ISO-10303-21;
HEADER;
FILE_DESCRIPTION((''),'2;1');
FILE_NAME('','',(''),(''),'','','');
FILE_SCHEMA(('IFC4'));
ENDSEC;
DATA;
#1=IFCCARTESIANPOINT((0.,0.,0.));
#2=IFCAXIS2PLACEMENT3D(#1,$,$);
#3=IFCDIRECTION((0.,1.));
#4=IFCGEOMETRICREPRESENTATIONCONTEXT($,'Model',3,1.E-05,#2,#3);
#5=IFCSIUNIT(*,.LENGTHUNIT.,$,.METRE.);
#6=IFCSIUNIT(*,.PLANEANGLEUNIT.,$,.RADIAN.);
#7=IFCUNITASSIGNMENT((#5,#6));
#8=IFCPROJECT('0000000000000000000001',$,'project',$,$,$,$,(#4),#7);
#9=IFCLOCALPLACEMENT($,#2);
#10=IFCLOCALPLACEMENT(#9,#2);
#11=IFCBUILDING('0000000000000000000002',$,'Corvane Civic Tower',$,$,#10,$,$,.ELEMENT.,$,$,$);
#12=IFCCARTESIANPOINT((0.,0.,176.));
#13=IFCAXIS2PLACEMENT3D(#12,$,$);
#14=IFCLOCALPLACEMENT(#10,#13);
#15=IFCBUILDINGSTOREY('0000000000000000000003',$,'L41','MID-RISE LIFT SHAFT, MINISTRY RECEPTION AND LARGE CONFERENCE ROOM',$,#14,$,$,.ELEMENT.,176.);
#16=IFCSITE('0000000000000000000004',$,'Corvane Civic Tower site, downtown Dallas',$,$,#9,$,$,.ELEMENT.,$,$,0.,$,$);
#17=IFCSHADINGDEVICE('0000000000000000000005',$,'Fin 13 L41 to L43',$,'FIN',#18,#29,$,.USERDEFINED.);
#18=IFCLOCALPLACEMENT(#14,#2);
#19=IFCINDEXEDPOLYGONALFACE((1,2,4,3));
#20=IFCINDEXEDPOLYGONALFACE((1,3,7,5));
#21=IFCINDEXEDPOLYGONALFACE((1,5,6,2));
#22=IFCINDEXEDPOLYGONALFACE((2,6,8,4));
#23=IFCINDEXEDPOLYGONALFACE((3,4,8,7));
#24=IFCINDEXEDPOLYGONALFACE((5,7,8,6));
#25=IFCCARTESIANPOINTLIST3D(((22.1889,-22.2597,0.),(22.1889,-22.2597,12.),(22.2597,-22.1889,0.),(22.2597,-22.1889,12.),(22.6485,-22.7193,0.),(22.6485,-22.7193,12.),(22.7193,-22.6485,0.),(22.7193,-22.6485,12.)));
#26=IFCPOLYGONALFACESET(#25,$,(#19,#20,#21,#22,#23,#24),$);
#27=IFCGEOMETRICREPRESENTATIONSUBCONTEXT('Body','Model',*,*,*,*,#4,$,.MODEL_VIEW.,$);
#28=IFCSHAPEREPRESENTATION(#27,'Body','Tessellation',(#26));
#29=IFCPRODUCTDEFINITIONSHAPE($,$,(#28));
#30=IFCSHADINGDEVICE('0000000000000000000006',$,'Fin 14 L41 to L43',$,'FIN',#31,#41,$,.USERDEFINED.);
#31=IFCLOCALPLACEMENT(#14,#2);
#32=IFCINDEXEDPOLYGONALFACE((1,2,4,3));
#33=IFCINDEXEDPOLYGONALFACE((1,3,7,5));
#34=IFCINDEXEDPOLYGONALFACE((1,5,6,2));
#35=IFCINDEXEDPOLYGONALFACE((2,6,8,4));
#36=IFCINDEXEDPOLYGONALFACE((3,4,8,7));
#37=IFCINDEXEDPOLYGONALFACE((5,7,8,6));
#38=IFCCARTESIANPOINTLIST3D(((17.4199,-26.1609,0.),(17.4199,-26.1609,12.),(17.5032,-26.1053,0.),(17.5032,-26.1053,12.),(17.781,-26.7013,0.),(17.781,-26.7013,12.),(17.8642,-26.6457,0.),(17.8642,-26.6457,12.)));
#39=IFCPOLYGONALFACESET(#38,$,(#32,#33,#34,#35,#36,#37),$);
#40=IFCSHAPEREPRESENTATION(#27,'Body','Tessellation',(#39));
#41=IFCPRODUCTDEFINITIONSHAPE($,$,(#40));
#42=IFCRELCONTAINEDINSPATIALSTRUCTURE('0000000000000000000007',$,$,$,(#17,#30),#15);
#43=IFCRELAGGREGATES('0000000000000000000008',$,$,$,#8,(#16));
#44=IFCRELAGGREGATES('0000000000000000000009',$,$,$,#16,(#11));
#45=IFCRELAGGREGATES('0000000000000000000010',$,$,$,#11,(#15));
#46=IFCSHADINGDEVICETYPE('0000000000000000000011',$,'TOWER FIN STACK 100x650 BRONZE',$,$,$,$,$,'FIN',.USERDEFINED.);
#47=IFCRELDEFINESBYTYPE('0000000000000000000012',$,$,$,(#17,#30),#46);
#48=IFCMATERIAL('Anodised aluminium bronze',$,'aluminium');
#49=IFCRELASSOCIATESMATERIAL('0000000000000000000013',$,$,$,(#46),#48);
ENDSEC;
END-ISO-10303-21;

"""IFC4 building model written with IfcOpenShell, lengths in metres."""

from ifc_helpers import new_model, si_unit, direction, frame, origin, origin_2d, place, context, subcontext, project, spatial, rectangle, extrude, material, material_profile, profile_set, type_object, element, save


model = new_model("IFC4")

# Units and contexts
model_context = context("Model", 3, precision=1e-05, world=origin(), true_north=direction((0.0, 1.0)))
body_context = subcontext(model_context, "Body", "Model", "MODEL_VIEW")
ifc_project = project(units=[si_unit("LENGTHUNIT", "METRE"), si_unit("PLANEANGLEUNIT", "RADIAN")], contexts=[model_context])

# Site, building, storey
site_placement = place(None, origin())
site = spatial("IfcSite", under=ifc_project, at=site_placement, Name="Corvane Civic Tower site, downtown Dallas", CompositionType="ELEMENT", RefElevation=0.0)
building_placement = place(site_placement, origin())
building = spatial("IfcBuilding", under=site, at=building_placement, Name="Corvane Civic Tower", CompositionType="ELEMENT")
storey_placement = place(building_placement, frame((0.0, 0.0, 176.0)))
storey = spatial("IfcBuildingStorey", under=building, at=storey_placement, Name="L41", Description="MID-RISE LIFT SHAFT, MINISTRY RECEPTION AND LARGE CONFERENCE ROOM", CompositionType="ELEMENT", Elevation=176.0)

# Shading devices
ifc_material_1 = material(Name="Anodised aluminium bronze", Category="aluminium")
ifc_material_profile_1 = material_profile(ifc_material_1, rectangle(XDim=0.1001, YDim=0.6499, at=origin_2d()), Name="TOWER FIN STACK 100x650 BRONZE")
ifc_profile_set_1 = profile_set([ifc_material_profile_1], Name="Anodised aluminium bronze")
shading_device_type = type_object("IfcShadingDeviceType", Name="TOWER FIN STACK 100x650 BRONZE", ElementType="FIN", PredefinedType="USERDEFINED", material=ifc_profile_set_1)
for number, where, z_axis, x_axis, name in (
    (1, (22.4541, -22.4541, 0.0), (0.0, 0.0, 1.0), (-0.707107, -0.707107, 0.0), "Fin 13 L41 to L43"),
    (2, (17.6421, -26.4033, 0.0), (0.0, 0.0, 1.0), (-0.83147, -0.55557, 0.0), "Fin 14 L41 to L43"),
):
    element("IfcShadingDevice", number, at=place(storey_placement, frame(where, z_axis=z_axis, x_axis=x_axis)), inside=storey, type_object=shading_device_type, Name=name, ObjectType="FIN", PredefinedType="USERDEFINED", context=body_context, shape_type="SweptSolid", body=[
        extrude(rectangle(XDim=0.1001, YDim=0.6499, at=origin_2d()), origin(), (0.0, 0.0, 1.0), 12.0),
    ])

save(model, "model.ifc")
